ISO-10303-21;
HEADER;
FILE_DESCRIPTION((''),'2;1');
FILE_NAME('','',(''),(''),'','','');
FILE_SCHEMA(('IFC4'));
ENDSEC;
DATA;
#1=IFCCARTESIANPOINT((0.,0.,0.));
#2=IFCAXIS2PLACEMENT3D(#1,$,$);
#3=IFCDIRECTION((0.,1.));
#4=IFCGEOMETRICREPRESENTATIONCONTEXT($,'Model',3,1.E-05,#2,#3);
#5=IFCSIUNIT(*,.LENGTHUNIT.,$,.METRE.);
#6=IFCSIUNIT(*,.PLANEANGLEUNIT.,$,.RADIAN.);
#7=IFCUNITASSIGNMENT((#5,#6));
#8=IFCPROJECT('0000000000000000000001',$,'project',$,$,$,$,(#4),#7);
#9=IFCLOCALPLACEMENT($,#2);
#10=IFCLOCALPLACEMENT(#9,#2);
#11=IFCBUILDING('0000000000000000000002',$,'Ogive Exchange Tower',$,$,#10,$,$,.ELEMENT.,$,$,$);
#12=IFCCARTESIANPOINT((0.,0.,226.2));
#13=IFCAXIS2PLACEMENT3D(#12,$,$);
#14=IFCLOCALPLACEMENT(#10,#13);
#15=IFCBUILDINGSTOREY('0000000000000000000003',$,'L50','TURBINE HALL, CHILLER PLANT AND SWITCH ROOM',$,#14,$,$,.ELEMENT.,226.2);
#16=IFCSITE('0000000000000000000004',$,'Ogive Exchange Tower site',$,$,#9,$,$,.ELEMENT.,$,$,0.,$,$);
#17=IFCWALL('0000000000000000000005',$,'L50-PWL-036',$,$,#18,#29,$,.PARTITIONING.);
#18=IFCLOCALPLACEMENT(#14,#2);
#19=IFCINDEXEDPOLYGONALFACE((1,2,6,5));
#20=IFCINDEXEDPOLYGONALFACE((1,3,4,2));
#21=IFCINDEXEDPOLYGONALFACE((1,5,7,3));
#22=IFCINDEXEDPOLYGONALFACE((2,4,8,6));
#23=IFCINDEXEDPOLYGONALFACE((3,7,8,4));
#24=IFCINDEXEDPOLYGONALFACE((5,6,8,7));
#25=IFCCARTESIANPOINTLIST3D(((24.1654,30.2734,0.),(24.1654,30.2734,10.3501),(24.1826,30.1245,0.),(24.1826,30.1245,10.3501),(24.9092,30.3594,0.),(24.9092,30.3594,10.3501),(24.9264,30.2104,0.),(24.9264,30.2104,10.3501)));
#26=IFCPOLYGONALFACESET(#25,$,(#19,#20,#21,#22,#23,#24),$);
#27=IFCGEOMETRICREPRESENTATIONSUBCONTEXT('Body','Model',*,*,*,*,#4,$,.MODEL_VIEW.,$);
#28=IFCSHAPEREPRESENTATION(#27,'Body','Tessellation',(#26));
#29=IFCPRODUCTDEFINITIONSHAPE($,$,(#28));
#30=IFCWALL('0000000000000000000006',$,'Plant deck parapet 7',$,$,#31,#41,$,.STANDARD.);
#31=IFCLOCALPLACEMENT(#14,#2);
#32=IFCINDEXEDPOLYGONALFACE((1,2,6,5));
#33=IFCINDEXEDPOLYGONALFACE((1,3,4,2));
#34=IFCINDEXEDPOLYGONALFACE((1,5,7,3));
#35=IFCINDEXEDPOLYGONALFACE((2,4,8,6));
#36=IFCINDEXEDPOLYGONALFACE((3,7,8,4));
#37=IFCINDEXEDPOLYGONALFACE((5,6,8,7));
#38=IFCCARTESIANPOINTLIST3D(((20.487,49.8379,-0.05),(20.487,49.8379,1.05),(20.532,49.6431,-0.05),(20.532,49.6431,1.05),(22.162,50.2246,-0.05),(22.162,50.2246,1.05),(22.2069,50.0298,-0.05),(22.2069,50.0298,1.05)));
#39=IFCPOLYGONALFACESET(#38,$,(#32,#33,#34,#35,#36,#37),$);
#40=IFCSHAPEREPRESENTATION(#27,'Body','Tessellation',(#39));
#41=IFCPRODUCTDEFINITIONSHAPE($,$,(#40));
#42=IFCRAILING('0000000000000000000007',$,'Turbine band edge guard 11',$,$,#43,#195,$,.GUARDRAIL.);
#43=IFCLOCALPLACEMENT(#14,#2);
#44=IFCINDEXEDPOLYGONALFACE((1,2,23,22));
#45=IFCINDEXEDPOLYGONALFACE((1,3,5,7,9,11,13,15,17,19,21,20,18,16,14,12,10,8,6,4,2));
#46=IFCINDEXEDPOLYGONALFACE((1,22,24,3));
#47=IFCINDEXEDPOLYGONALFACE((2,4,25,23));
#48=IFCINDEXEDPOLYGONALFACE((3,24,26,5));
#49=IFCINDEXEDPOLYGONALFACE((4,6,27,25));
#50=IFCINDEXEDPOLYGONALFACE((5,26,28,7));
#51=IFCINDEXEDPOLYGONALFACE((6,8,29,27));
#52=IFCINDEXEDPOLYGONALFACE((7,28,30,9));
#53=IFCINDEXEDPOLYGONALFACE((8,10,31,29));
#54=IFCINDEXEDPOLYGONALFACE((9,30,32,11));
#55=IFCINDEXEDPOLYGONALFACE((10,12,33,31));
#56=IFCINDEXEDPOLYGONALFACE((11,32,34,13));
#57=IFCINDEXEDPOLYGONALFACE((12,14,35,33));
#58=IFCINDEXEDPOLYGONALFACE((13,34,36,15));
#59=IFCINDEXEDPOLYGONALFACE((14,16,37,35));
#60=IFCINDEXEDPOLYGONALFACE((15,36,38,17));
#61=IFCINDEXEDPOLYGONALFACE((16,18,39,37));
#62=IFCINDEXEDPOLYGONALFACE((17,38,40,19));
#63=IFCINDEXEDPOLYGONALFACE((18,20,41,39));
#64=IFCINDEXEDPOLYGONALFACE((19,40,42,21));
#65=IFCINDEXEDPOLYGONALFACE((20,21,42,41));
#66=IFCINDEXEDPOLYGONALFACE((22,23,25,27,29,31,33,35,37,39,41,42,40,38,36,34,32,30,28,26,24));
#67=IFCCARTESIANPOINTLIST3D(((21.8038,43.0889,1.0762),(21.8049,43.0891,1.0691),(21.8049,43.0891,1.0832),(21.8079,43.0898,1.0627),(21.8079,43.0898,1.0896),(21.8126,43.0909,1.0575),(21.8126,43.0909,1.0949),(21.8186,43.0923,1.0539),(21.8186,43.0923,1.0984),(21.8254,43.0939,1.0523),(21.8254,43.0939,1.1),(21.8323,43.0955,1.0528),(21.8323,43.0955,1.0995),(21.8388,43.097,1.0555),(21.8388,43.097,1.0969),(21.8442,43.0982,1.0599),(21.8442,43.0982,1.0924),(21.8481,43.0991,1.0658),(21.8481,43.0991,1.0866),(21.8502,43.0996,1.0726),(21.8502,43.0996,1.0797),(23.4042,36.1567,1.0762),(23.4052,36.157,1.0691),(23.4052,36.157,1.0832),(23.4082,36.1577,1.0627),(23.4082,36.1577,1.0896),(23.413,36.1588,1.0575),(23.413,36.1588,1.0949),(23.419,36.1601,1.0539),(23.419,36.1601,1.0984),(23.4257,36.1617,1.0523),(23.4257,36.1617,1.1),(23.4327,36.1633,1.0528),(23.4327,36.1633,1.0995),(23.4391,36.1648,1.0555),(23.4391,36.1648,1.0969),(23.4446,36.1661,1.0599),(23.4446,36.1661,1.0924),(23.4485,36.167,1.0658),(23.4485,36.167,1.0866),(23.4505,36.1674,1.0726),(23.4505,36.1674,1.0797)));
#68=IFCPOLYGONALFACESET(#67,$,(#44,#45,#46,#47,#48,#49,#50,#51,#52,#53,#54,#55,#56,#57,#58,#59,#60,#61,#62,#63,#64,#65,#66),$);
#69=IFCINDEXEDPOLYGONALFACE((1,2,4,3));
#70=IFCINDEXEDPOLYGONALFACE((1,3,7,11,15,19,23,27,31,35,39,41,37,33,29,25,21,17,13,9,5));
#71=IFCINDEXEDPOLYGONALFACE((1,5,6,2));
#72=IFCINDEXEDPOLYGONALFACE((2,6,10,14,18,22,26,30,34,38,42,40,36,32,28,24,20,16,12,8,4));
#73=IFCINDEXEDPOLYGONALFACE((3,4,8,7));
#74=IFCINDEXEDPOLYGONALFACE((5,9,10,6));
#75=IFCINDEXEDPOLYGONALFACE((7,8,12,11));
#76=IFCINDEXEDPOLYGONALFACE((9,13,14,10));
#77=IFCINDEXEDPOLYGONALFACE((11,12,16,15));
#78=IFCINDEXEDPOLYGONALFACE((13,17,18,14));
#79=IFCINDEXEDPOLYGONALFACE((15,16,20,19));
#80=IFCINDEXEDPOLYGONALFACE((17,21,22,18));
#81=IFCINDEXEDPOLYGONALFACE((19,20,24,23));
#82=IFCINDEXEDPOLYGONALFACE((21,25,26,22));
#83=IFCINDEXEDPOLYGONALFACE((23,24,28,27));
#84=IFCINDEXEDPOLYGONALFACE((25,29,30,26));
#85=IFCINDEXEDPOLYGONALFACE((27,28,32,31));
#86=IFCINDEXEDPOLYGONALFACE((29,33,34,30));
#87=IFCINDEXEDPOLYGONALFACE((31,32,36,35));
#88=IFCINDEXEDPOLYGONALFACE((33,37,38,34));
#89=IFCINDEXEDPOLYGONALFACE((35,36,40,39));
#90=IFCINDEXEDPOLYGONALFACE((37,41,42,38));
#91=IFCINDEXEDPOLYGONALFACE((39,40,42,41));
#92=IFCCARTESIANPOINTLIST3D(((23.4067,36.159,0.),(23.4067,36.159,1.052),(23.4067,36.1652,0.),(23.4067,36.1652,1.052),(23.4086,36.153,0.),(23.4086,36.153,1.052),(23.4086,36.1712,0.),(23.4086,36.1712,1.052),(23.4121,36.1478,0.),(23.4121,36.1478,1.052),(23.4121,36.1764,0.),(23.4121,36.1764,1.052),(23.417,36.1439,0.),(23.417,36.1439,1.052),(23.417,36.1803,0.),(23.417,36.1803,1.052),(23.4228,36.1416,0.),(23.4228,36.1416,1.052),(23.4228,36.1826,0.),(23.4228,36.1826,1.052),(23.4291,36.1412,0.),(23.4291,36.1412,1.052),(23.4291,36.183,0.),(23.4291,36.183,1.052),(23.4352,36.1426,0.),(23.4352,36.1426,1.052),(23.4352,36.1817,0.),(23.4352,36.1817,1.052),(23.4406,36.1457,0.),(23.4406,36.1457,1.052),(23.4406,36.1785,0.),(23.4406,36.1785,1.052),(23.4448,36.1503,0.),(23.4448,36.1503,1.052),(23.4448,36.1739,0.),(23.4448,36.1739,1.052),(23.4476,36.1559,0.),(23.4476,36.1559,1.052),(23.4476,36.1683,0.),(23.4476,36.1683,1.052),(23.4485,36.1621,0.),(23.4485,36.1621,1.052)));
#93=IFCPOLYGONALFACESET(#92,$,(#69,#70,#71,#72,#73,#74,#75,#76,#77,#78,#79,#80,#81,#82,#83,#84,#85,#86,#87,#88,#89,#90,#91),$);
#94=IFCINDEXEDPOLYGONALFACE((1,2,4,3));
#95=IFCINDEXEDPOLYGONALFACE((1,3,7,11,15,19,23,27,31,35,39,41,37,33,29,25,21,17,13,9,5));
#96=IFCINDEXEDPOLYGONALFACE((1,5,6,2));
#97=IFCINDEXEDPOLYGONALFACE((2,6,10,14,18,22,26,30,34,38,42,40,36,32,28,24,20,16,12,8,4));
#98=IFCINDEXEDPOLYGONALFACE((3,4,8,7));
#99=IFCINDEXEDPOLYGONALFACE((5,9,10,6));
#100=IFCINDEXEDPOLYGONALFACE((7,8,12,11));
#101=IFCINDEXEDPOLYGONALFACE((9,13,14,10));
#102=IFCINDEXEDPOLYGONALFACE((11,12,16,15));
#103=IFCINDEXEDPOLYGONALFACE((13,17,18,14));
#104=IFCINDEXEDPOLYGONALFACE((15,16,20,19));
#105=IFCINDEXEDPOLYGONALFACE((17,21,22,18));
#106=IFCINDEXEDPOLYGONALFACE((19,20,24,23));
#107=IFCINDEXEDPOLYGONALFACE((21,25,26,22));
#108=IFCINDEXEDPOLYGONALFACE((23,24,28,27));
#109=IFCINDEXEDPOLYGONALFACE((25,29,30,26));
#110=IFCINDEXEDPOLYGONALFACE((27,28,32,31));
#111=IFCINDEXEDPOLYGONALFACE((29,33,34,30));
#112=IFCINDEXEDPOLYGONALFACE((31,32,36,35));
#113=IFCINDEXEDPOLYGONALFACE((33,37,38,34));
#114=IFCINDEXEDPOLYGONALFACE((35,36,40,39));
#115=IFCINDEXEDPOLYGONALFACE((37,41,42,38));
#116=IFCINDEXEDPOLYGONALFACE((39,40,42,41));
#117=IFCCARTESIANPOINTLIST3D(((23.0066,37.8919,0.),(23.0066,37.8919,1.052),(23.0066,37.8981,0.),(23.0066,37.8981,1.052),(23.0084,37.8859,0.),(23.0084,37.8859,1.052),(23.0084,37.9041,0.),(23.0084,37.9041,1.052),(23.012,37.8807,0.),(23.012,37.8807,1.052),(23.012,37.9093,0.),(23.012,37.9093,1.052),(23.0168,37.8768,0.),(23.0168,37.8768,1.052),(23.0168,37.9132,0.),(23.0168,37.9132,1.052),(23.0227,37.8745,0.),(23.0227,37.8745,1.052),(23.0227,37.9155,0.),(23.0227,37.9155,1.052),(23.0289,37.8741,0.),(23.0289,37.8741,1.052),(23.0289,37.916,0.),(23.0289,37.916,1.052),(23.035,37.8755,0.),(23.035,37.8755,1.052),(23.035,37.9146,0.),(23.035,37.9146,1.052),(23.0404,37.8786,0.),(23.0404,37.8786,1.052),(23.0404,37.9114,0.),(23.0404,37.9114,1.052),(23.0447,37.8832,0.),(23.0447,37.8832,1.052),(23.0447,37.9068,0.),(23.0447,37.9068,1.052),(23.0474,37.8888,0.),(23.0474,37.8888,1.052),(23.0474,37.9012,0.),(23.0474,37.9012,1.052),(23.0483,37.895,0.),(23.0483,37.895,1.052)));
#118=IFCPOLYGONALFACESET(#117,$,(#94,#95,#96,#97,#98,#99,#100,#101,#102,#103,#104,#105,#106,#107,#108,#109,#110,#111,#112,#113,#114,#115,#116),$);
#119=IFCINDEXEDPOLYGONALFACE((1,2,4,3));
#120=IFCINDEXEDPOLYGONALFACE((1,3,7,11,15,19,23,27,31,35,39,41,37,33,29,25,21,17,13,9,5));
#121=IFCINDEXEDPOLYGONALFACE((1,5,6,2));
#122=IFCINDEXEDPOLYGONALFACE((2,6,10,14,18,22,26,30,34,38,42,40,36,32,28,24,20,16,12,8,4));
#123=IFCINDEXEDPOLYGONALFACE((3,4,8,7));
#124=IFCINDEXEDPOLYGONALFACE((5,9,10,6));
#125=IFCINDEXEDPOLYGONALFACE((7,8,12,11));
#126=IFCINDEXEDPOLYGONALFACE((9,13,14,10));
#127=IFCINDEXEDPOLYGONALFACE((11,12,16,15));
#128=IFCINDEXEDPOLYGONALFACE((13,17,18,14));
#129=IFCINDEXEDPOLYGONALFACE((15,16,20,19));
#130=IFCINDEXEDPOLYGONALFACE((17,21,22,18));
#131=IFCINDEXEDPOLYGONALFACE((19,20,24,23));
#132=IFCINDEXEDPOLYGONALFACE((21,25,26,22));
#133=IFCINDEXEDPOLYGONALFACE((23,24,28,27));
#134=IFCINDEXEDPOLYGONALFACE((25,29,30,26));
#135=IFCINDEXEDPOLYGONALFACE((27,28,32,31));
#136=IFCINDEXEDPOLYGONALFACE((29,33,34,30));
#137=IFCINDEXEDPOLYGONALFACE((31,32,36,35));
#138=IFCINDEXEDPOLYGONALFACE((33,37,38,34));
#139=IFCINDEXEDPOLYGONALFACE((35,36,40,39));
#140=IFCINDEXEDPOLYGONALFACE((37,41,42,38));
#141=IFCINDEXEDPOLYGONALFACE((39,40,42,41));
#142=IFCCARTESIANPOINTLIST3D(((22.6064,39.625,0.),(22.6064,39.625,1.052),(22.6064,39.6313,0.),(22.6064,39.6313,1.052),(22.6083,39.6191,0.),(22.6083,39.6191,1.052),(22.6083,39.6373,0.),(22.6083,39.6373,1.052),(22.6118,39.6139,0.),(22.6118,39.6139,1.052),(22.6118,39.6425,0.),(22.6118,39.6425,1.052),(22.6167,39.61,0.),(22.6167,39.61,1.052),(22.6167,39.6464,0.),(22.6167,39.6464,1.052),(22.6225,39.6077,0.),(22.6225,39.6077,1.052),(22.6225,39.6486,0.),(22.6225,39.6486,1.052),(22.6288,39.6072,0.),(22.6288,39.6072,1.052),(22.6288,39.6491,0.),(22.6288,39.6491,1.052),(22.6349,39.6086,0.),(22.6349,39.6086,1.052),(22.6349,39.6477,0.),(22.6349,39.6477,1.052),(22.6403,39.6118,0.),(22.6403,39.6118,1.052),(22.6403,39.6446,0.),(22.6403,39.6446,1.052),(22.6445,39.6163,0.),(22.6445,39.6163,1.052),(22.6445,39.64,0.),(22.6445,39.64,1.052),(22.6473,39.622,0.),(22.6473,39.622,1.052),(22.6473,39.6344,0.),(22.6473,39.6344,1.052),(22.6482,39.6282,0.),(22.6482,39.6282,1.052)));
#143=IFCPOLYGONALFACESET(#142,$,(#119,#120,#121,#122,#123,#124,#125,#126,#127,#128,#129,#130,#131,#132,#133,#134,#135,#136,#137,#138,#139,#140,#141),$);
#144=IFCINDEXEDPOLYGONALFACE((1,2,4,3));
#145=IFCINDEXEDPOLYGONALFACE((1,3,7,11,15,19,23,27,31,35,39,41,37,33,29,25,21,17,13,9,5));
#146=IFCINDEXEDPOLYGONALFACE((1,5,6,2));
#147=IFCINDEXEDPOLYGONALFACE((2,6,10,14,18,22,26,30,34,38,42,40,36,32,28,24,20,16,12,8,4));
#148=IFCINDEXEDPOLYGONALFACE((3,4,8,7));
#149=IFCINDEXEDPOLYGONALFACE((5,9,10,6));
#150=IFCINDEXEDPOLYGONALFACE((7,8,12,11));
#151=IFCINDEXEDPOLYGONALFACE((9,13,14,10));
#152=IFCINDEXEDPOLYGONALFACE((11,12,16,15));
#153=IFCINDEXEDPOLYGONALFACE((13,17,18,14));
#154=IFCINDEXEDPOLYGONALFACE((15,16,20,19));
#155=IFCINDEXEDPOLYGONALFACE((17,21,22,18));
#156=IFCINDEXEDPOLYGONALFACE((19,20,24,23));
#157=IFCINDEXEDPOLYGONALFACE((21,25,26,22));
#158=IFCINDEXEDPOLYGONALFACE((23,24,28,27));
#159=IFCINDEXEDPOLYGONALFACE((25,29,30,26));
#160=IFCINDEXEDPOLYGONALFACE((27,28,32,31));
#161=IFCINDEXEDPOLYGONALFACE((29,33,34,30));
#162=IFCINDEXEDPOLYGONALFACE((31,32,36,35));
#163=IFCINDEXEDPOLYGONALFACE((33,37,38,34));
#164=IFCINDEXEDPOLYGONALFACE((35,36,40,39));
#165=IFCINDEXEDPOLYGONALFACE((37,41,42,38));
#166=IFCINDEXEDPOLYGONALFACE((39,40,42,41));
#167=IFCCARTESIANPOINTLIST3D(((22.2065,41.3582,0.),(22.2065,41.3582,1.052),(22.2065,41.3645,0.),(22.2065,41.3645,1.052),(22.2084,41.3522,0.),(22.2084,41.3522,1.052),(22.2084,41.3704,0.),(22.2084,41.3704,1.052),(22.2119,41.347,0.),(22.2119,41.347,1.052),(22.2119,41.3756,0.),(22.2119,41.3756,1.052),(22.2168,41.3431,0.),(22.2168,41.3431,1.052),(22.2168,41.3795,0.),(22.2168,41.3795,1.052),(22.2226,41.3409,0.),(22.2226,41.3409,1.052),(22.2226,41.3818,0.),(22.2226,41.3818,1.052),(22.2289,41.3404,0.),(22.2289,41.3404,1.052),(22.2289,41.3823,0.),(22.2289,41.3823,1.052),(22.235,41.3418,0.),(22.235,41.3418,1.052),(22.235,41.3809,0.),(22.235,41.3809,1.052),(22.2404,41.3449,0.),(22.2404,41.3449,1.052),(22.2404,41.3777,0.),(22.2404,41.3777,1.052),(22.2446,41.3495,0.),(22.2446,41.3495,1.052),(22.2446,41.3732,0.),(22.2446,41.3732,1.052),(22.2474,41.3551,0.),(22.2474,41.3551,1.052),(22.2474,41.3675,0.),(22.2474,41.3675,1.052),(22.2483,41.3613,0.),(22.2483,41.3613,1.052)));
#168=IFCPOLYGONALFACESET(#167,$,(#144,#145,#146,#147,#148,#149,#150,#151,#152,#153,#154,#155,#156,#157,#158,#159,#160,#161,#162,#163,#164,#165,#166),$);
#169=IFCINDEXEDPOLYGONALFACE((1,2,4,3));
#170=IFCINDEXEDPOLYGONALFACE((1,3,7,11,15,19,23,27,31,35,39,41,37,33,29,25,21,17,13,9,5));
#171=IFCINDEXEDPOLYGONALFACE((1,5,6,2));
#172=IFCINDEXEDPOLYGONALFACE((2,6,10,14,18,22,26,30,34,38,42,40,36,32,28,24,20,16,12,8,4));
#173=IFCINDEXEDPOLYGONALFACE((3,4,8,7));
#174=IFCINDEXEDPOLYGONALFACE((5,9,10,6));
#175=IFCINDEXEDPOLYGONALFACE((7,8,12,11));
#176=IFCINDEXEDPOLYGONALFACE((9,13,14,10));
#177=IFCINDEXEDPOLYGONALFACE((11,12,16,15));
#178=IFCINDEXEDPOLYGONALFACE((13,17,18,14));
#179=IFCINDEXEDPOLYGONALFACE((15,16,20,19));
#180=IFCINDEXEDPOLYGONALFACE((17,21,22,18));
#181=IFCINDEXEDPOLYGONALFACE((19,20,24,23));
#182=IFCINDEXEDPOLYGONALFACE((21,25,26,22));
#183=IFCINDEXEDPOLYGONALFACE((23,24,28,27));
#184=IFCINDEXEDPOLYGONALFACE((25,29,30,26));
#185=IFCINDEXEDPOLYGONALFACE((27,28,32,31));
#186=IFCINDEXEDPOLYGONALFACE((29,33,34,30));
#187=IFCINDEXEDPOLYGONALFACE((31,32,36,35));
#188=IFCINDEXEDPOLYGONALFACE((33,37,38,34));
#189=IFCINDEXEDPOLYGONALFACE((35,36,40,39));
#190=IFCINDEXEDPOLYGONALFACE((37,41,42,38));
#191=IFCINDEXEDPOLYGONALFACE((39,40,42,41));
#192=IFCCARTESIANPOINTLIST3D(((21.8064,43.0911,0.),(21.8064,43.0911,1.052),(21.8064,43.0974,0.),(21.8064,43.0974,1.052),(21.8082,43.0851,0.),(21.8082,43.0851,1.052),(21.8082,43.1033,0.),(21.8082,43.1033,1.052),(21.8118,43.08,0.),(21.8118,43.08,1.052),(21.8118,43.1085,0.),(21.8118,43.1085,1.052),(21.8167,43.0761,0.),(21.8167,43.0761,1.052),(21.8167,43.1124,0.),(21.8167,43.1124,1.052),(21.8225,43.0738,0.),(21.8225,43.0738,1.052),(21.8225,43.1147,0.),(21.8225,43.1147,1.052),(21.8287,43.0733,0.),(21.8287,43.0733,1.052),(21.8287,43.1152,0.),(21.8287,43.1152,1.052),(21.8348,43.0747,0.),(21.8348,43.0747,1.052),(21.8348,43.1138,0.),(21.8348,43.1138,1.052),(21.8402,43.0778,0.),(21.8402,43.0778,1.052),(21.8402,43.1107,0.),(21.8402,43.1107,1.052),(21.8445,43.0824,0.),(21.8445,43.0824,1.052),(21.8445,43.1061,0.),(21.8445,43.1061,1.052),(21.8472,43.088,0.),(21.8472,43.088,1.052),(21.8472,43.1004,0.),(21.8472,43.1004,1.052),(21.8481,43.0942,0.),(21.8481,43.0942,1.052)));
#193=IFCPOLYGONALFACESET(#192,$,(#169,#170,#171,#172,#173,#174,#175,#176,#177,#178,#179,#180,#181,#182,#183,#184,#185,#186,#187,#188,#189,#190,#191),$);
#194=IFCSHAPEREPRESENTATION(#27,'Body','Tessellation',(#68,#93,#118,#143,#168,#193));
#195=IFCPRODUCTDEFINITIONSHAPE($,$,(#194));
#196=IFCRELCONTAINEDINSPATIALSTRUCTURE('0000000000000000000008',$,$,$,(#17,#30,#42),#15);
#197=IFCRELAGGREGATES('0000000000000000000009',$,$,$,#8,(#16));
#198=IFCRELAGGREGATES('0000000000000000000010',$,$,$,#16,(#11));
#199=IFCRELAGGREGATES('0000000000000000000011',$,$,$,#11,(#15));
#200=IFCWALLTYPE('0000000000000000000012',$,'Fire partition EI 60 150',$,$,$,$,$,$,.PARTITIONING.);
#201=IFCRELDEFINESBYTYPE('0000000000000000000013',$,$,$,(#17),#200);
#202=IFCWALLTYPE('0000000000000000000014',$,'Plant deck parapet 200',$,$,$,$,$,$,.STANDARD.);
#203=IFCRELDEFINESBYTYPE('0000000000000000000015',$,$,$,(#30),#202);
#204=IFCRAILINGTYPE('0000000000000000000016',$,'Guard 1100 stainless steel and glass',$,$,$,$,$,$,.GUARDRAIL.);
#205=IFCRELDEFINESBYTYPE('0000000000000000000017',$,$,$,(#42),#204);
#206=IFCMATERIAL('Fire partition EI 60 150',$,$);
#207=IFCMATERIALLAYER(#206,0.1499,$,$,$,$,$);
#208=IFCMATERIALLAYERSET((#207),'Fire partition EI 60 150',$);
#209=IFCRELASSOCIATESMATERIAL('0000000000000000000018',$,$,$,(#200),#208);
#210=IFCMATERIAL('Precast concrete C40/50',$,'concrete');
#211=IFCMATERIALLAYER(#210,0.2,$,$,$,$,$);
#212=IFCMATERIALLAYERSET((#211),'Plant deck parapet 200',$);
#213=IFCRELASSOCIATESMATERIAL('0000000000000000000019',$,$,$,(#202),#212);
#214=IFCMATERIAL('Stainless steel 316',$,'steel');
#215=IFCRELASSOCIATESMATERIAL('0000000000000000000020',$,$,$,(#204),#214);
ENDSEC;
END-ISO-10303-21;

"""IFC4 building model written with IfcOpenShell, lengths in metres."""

from ifc_helpers import new_model, si_unit, direction, frame, frame_2d, origin, origin_2d, place, context, subcontext, project, spatial, rectangle, circle, extrude, material, layer, layer_set, type_object, element, save


model = new_model("IFC4")

# Units and contexts
model_context = context("Model", 3, precision=1e-05, world=origin(), true_north=direction((0.0, 1.0)))
body_context = subcontext(model_context, "Body", "Model", "MODEL_VIEW")
ifc_project = project(units=[si_unit("LENGTHUNIT", "METRE"), si_unit("PLANEANGLEUNIT", "RADIAN")], contexts=[model_context])

# Site, building, storey
site_placement = place(None, origin())
site = spatial("IfcSite", under=ifc_project, at=site_placement, Name="Ogive Exchange Tower site", CompositionType="ELEMENT", RefElevation=0.0)
building_placement = place(site_placement, origin())
building = spatial("IfcBuilding", under=site, at=building_placement, Name="Ogive Exchange Tower", CompositionType="ELEMENT")
storey_placement = place(building_placement, frame((0.0, 0.0, 226.2)))
storey = spatial("IfcBuildingStorey", under=building, at=storey_placement, Name="L50", Description="TURBINE HALL, CHILLER PLANT AND SWITCH ROOM", CompositionType="ELEMENT", Elevation=226.2)

# Shared definitions
ifc_material_1 = material(Name="Fire partition EI 60 150")
ifc_layer_1 = layer(ifc_material_1, 0.1499)
ifc_layer_set_1 = layer_set([ifc_layer_1], Name="Fire partition EI 60 150")
wall_type_1 = type_object("IfcWallType", Name="Fire partition EI 60 150", PredefinedType="PARTITIONING", material=ifc_layer_set_1)

# Walls
wall_1_placement = place(storey_placement, frame((24.918, 30.2849, 0.0), z_axis=(0.0, 0.0, 1.0), x_axis=(-0.993393, -0.11476, 0.0)))
element("IfcWall", 1, at=wall_1_placement, inside=storey, type_object=wall_type_1, Name="L50-PWL-036", PredefinedType="PARTITIONING", context=body_context, shape_type="SweptSolid", body=[
    extrude(rectangle(XDim=0.7488, YDim=0.1499, at=frame_2d((0.3745, 0.0))), origin(), (0.0, 0.0, 1.0), 10.3501),
])
ifc_material_2 = material(Name="Precast concrete C40/50", Category="concrete")
ifc_layer_2 = layer(ifc_material_2, 0.2)
ifc_layer_set_2 = layer_set([ifc_layer_2], Name="Plant deck parapet 200")
wall_type_2 = type_object("IfcWallType", Name="Plant deck parapet 200", PredefinedType="STANDARD", material=ifc_layer_set_2)
wall_2_placement = place(storey_placement, frame((22.1843, 50.1272, -0.05), z_axis=(0.0, 0.0, 1.0), x_axis=(-0.974362, -0.224984, 0.0)))
element("IfcWall", 2, at=wall_2_placement, inside=storey, type_object=wall_type_2, Name="Plant deck parapet 7", PredefinedType="STANDARD", context=body_context, shape_type="SweptSolid", body=[
    extrude(rectangle(XDim=1.719, YDim=0.2, at=frame_2d((0.8594, 0.0))), origin(), (0.0, 0.0, 1.0), 1.1001),
])

# Railing
ifc_material_3 = material(Name="Stainless steel 316", Category="steel")
railing_type = type_object("IfcRailingType", Name="Guard 1100 stainless steel and glass", PredefinedType="GUARDRAIL", material=ifc_material_3)
railing_placement = place(storey_placement, frame((23.4275, 36.1621, 0.0)))
element("IfcRailing", 3, at=railing_placement, inside=storey, type_object=railing_type, Name="Turbine band edge guard 11", PredefinedType="GUARDRAIL", context=body_context, shape_type="SweptSolid", body=[
    extrude(circle(Radius=0.0239, at=origin_2d()), frame((0.0, 0.0, 1.0762), z_axis=(-0.224942, 0.974372, 0.0), x_axis=(-0.974372, -0.224942, 0.0)), (0.0, 0.0, 1.0), 7.1145),
    extrude(circle(Radius=0.021, at=origin_2d()), origin(), (0.0, 0.0, 1.0), 1.052),
    extrude(circle(Radius=0.021, at=origin_2d()), frame((-0.4001, 1.7329, 0.0)), (0.0, 0.0, 1.0), 1.052),
    extrude(circle(Radius=0.021, at=origin_2d()), frame((-0.8003, 3.4661, 0.0)), (0.0, 0.0, 1.0), 1.052),
    extrude(circle(Radius=0.021, at=origin_2d()), frame((-1.2002, 5.1992, 0.0)), (0.0, 0.0, 1.0), 1.052),
    extrude(circle(Radius=0.021, at=origin_2d()), frame((-1.6003, 6.9321, 0.0)), (0.0, 0.0, 1.0), 1.052),
])

save(model, "model.ifc")
